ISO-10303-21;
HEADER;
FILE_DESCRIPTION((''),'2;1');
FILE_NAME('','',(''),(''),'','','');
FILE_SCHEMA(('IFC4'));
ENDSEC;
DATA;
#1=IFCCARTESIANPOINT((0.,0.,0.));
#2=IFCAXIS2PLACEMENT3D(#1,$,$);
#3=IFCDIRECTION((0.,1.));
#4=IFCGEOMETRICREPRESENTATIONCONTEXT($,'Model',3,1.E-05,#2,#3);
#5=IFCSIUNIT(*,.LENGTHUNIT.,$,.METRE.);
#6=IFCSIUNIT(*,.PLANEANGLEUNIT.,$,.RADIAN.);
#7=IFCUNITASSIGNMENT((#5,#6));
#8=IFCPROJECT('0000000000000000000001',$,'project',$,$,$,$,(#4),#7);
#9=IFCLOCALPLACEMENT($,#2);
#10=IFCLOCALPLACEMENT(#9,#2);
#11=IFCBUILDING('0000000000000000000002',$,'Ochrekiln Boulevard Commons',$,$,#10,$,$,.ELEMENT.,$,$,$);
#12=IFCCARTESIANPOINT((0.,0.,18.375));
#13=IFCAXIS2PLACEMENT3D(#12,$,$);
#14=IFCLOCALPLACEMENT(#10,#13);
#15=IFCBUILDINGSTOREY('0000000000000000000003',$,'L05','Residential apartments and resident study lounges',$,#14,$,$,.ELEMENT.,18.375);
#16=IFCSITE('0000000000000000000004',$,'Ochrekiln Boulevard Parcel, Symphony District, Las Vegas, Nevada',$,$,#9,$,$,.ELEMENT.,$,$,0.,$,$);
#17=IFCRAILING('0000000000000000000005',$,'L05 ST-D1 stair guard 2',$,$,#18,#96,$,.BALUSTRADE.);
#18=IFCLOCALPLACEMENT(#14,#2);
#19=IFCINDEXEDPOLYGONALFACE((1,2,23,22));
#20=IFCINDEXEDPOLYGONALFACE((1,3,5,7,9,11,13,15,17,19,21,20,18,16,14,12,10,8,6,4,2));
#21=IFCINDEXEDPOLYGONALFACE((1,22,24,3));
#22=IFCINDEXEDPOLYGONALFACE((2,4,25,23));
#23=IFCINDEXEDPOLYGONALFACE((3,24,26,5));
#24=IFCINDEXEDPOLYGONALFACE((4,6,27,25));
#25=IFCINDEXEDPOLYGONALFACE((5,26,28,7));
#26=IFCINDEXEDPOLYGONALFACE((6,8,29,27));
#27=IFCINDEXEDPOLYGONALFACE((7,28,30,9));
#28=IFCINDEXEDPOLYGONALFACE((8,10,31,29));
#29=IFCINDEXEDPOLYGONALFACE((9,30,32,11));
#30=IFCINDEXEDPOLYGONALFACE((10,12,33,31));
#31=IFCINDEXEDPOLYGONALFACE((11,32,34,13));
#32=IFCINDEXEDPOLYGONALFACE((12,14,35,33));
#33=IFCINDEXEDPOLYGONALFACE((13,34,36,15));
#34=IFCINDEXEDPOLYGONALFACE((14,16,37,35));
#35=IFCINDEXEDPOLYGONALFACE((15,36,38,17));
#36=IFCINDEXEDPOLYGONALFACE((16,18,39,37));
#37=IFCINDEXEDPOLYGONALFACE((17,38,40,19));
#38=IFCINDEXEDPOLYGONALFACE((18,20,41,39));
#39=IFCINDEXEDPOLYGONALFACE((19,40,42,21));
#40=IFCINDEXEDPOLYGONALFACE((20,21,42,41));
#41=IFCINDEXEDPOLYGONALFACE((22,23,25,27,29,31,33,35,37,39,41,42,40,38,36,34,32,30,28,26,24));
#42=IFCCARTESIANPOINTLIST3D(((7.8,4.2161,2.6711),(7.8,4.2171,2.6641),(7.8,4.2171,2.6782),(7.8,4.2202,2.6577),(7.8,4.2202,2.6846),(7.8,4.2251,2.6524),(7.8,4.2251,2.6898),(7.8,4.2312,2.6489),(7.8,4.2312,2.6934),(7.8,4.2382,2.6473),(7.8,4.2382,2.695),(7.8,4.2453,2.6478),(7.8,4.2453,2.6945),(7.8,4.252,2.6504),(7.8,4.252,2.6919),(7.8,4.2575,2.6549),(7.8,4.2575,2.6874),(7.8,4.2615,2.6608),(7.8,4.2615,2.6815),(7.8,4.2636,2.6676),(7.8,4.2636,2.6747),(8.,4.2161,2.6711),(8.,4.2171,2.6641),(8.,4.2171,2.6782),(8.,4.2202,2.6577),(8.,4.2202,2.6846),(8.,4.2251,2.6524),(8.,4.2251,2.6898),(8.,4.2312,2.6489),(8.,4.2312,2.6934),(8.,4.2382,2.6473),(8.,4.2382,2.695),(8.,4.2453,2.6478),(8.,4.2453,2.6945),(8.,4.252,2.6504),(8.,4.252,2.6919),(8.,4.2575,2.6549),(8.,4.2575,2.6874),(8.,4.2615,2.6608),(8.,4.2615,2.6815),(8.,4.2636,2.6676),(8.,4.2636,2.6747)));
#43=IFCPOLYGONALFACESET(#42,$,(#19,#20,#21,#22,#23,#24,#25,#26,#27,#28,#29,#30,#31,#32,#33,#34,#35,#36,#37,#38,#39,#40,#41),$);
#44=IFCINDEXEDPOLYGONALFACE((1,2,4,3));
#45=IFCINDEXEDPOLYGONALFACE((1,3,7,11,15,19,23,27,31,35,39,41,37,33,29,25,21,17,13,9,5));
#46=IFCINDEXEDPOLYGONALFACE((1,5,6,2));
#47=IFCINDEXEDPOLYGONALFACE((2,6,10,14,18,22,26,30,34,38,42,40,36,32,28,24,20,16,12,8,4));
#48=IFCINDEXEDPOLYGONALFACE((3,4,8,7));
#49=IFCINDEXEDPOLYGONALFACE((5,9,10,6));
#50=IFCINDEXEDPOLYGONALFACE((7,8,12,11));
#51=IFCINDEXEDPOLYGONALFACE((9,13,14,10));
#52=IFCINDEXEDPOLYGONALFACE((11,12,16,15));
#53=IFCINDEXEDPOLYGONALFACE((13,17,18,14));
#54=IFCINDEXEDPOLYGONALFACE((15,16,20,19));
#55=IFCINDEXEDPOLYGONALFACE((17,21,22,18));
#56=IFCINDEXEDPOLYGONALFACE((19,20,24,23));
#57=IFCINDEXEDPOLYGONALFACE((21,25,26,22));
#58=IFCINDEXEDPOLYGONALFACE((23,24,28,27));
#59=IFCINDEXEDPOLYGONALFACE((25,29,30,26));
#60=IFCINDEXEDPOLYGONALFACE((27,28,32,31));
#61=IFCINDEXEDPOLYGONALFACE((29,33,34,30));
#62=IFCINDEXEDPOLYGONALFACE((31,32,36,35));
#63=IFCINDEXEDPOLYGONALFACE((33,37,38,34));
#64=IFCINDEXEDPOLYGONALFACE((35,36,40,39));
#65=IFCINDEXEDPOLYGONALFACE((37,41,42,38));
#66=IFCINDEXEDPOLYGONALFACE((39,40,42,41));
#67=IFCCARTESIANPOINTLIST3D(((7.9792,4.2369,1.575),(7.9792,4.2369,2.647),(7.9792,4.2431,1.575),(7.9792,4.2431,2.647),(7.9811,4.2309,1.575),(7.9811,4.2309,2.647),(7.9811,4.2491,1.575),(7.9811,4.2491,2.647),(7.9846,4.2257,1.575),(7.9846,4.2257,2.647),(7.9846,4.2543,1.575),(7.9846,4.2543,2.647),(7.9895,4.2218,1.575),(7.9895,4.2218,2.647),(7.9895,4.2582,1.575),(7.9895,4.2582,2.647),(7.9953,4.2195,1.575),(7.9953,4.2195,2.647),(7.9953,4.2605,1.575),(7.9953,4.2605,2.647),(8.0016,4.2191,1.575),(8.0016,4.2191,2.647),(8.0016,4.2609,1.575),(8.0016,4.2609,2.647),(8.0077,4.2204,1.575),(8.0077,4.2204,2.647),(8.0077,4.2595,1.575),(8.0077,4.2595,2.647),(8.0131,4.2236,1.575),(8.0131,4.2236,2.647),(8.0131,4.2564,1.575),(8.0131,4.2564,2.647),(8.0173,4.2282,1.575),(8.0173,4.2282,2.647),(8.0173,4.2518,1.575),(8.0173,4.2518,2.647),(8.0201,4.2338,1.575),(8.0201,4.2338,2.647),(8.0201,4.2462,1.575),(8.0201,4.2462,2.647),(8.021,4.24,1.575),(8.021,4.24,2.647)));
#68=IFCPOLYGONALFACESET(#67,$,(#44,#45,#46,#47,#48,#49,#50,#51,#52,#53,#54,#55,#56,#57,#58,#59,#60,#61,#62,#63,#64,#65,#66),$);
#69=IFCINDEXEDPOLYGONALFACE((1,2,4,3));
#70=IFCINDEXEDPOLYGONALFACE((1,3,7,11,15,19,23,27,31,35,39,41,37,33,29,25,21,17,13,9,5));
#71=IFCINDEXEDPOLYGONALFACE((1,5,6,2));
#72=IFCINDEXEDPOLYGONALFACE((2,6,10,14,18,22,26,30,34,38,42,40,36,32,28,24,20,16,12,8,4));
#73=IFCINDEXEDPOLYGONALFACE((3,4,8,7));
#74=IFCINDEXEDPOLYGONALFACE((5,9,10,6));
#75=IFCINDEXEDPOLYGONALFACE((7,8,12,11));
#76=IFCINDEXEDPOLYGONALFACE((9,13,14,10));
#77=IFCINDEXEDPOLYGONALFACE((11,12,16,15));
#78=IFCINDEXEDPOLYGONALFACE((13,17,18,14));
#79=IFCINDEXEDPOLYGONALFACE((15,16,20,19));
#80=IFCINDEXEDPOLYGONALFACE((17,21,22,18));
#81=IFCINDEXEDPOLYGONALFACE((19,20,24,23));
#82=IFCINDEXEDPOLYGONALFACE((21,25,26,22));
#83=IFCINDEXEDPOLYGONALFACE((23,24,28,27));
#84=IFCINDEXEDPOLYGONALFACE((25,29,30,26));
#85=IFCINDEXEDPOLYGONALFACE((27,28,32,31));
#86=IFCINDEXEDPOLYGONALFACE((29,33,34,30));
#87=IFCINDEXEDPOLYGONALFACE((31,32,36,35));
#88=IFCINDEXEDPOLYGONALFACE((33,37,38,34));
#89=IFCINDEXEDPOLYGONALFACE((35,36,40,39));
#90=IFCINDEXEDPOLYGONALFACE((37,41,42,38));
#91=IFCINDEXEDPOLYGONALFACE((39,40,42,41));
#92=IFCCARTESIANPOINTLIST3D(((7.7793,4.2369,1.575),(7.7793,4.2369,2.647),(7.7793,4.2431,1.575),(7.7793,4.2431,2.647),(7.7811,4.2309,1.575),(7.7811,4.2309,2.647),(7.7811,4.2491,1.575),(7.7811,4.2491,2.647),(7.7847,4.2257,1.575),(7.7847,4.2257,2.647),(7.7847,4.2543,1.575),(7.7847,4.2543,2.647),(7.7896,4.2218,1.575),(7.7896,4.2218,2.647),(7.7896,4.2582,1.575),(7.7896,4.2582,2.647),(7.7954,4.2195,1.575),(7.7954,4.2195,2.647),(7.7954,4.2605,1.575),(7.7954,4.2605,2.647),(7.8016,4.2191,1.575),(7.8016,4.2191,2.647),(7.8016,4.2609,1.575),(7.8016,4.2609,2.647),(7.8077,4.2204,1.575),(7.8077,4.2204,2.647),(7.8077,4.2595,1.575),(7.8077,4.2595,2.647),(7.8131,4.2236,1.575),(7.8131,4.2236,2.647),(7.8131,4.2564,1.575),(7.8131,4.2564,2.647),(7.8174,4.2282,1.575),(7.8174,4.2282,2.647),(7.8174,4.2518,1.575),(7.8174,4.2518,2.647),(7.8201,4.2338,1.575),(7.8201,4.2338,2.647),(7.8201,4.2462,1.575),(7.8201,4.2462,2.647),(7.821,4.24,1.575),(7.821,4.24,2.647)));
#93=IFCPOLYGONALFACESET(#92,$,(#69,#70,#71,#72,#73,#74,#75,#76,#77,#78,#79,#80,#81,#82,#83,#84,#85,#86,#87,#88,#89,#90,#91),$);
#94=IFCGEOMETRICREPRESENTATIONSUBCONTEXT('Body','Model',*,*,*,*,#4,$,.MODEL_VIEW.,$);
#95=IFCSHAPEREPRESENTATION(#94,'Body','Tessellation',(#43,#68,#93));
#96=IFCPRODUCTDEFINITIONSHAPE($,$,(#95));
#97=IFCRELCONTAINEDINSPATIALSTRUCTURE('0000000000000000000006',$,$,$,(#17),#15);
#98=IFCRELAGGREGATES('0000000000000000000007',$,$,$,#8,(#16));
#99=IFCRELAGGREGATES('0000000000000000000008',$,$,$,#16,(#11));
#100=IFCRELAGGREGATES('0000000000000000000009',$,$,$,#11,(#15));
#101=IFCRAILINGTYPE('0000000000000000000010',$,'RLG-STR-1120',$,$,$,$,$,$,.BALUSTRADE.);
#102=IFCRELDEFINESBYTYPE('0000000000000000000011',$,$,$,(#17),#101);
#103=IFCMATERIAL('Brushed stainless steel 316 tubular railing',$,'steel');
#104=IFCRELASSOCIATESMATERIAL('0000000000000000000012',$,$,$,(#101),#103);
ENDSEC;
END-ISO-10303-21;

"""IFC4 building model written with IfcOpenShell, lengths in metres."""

from ifc_helpers import new_model, si_unit, direction, frame, origin, origin_2d, place, context, subcontext, project, spatial, circle, extrude, material, type_object, element, save


model = new_model("IFC4")

# Units and contexts
model_context = context("Model", 3, precision=1e-05, world=origin(), true_north=direction((0.0, 1.0)))
body_context = subcontext(model_context, "Body", "Model", "MODEL_VIEW")
ifc_project = project(units=[si_unit("LENGTHUNIT", "METRE"), si_unit("PLANEANGLEUNIT", "RADIAN")], contexts=[model_context])

# Site, building, storey
site_placement = place(None, origin())
site = spatial("IfcSite", under=ifc_project, at=site_placement, Name="Ochrekiln Boulevard Parcel, Symphony District, Las Vegas, Nevada", CompositionType="ELEMENT", RefElevation=0.0)
building_placement = place(site_placement, origin())
building = spatial("IfcBuilding", under=site, at=building_placement, Name="Ochrekiln Boulevard Commons", CompositionType="ELEMENT")
storey_placement = place(building_placement, frame((0.0, 0.0, 18.375)))
storey = spatial("IfcBuildingStorey", under=building, at=storey_placement, Name="L05", Description="Residential apartments and resident study lounges", CompositionType="ELEMENT", Elevation=18.375)

# Railing
ifc_material_1 = material(Name="Brushed stainless steel 316 tubular railing", Category="steel")
railing_type_1 = type_object("IfcRailingType", Name="RLG-STR-1120", PredefinedType="BALUSTRADE", material=ifc_material_1)
railing_1_placement = place(storey_placement, frame((8.0, 4.24, 1.575)))
element("IfcRailing", 1, at=railing_1_placement, inside=storey, type_object=railing_type_1, Name="L05 ST-D1 stair guard 2", PredefinedType="BALUSTRADE", context=body_context, shape_type="SweptSolid", body=[
    extrude(circle(Radius=0.0239, at=origin_2d()), frame((0.0, 0.0, 1.0962), z_axis=(-1.0, 0.0, 0.0), x_axis=(0.0, -1.0, 0.0)), (0.0, 0.0, 1.0), 0.2),
    extrude(circle(Radius=0.021, at=origin_2d()), origin(), (0.0, 0.0, 1.0), 1.072),
    extrude(circle(Radius=0.021, at=origin_2d()), frame((-0.2, 0.0, 0.0)), (0.0, 0.0, 1.0), 1.072),
])

save(model, "model.ifc")
